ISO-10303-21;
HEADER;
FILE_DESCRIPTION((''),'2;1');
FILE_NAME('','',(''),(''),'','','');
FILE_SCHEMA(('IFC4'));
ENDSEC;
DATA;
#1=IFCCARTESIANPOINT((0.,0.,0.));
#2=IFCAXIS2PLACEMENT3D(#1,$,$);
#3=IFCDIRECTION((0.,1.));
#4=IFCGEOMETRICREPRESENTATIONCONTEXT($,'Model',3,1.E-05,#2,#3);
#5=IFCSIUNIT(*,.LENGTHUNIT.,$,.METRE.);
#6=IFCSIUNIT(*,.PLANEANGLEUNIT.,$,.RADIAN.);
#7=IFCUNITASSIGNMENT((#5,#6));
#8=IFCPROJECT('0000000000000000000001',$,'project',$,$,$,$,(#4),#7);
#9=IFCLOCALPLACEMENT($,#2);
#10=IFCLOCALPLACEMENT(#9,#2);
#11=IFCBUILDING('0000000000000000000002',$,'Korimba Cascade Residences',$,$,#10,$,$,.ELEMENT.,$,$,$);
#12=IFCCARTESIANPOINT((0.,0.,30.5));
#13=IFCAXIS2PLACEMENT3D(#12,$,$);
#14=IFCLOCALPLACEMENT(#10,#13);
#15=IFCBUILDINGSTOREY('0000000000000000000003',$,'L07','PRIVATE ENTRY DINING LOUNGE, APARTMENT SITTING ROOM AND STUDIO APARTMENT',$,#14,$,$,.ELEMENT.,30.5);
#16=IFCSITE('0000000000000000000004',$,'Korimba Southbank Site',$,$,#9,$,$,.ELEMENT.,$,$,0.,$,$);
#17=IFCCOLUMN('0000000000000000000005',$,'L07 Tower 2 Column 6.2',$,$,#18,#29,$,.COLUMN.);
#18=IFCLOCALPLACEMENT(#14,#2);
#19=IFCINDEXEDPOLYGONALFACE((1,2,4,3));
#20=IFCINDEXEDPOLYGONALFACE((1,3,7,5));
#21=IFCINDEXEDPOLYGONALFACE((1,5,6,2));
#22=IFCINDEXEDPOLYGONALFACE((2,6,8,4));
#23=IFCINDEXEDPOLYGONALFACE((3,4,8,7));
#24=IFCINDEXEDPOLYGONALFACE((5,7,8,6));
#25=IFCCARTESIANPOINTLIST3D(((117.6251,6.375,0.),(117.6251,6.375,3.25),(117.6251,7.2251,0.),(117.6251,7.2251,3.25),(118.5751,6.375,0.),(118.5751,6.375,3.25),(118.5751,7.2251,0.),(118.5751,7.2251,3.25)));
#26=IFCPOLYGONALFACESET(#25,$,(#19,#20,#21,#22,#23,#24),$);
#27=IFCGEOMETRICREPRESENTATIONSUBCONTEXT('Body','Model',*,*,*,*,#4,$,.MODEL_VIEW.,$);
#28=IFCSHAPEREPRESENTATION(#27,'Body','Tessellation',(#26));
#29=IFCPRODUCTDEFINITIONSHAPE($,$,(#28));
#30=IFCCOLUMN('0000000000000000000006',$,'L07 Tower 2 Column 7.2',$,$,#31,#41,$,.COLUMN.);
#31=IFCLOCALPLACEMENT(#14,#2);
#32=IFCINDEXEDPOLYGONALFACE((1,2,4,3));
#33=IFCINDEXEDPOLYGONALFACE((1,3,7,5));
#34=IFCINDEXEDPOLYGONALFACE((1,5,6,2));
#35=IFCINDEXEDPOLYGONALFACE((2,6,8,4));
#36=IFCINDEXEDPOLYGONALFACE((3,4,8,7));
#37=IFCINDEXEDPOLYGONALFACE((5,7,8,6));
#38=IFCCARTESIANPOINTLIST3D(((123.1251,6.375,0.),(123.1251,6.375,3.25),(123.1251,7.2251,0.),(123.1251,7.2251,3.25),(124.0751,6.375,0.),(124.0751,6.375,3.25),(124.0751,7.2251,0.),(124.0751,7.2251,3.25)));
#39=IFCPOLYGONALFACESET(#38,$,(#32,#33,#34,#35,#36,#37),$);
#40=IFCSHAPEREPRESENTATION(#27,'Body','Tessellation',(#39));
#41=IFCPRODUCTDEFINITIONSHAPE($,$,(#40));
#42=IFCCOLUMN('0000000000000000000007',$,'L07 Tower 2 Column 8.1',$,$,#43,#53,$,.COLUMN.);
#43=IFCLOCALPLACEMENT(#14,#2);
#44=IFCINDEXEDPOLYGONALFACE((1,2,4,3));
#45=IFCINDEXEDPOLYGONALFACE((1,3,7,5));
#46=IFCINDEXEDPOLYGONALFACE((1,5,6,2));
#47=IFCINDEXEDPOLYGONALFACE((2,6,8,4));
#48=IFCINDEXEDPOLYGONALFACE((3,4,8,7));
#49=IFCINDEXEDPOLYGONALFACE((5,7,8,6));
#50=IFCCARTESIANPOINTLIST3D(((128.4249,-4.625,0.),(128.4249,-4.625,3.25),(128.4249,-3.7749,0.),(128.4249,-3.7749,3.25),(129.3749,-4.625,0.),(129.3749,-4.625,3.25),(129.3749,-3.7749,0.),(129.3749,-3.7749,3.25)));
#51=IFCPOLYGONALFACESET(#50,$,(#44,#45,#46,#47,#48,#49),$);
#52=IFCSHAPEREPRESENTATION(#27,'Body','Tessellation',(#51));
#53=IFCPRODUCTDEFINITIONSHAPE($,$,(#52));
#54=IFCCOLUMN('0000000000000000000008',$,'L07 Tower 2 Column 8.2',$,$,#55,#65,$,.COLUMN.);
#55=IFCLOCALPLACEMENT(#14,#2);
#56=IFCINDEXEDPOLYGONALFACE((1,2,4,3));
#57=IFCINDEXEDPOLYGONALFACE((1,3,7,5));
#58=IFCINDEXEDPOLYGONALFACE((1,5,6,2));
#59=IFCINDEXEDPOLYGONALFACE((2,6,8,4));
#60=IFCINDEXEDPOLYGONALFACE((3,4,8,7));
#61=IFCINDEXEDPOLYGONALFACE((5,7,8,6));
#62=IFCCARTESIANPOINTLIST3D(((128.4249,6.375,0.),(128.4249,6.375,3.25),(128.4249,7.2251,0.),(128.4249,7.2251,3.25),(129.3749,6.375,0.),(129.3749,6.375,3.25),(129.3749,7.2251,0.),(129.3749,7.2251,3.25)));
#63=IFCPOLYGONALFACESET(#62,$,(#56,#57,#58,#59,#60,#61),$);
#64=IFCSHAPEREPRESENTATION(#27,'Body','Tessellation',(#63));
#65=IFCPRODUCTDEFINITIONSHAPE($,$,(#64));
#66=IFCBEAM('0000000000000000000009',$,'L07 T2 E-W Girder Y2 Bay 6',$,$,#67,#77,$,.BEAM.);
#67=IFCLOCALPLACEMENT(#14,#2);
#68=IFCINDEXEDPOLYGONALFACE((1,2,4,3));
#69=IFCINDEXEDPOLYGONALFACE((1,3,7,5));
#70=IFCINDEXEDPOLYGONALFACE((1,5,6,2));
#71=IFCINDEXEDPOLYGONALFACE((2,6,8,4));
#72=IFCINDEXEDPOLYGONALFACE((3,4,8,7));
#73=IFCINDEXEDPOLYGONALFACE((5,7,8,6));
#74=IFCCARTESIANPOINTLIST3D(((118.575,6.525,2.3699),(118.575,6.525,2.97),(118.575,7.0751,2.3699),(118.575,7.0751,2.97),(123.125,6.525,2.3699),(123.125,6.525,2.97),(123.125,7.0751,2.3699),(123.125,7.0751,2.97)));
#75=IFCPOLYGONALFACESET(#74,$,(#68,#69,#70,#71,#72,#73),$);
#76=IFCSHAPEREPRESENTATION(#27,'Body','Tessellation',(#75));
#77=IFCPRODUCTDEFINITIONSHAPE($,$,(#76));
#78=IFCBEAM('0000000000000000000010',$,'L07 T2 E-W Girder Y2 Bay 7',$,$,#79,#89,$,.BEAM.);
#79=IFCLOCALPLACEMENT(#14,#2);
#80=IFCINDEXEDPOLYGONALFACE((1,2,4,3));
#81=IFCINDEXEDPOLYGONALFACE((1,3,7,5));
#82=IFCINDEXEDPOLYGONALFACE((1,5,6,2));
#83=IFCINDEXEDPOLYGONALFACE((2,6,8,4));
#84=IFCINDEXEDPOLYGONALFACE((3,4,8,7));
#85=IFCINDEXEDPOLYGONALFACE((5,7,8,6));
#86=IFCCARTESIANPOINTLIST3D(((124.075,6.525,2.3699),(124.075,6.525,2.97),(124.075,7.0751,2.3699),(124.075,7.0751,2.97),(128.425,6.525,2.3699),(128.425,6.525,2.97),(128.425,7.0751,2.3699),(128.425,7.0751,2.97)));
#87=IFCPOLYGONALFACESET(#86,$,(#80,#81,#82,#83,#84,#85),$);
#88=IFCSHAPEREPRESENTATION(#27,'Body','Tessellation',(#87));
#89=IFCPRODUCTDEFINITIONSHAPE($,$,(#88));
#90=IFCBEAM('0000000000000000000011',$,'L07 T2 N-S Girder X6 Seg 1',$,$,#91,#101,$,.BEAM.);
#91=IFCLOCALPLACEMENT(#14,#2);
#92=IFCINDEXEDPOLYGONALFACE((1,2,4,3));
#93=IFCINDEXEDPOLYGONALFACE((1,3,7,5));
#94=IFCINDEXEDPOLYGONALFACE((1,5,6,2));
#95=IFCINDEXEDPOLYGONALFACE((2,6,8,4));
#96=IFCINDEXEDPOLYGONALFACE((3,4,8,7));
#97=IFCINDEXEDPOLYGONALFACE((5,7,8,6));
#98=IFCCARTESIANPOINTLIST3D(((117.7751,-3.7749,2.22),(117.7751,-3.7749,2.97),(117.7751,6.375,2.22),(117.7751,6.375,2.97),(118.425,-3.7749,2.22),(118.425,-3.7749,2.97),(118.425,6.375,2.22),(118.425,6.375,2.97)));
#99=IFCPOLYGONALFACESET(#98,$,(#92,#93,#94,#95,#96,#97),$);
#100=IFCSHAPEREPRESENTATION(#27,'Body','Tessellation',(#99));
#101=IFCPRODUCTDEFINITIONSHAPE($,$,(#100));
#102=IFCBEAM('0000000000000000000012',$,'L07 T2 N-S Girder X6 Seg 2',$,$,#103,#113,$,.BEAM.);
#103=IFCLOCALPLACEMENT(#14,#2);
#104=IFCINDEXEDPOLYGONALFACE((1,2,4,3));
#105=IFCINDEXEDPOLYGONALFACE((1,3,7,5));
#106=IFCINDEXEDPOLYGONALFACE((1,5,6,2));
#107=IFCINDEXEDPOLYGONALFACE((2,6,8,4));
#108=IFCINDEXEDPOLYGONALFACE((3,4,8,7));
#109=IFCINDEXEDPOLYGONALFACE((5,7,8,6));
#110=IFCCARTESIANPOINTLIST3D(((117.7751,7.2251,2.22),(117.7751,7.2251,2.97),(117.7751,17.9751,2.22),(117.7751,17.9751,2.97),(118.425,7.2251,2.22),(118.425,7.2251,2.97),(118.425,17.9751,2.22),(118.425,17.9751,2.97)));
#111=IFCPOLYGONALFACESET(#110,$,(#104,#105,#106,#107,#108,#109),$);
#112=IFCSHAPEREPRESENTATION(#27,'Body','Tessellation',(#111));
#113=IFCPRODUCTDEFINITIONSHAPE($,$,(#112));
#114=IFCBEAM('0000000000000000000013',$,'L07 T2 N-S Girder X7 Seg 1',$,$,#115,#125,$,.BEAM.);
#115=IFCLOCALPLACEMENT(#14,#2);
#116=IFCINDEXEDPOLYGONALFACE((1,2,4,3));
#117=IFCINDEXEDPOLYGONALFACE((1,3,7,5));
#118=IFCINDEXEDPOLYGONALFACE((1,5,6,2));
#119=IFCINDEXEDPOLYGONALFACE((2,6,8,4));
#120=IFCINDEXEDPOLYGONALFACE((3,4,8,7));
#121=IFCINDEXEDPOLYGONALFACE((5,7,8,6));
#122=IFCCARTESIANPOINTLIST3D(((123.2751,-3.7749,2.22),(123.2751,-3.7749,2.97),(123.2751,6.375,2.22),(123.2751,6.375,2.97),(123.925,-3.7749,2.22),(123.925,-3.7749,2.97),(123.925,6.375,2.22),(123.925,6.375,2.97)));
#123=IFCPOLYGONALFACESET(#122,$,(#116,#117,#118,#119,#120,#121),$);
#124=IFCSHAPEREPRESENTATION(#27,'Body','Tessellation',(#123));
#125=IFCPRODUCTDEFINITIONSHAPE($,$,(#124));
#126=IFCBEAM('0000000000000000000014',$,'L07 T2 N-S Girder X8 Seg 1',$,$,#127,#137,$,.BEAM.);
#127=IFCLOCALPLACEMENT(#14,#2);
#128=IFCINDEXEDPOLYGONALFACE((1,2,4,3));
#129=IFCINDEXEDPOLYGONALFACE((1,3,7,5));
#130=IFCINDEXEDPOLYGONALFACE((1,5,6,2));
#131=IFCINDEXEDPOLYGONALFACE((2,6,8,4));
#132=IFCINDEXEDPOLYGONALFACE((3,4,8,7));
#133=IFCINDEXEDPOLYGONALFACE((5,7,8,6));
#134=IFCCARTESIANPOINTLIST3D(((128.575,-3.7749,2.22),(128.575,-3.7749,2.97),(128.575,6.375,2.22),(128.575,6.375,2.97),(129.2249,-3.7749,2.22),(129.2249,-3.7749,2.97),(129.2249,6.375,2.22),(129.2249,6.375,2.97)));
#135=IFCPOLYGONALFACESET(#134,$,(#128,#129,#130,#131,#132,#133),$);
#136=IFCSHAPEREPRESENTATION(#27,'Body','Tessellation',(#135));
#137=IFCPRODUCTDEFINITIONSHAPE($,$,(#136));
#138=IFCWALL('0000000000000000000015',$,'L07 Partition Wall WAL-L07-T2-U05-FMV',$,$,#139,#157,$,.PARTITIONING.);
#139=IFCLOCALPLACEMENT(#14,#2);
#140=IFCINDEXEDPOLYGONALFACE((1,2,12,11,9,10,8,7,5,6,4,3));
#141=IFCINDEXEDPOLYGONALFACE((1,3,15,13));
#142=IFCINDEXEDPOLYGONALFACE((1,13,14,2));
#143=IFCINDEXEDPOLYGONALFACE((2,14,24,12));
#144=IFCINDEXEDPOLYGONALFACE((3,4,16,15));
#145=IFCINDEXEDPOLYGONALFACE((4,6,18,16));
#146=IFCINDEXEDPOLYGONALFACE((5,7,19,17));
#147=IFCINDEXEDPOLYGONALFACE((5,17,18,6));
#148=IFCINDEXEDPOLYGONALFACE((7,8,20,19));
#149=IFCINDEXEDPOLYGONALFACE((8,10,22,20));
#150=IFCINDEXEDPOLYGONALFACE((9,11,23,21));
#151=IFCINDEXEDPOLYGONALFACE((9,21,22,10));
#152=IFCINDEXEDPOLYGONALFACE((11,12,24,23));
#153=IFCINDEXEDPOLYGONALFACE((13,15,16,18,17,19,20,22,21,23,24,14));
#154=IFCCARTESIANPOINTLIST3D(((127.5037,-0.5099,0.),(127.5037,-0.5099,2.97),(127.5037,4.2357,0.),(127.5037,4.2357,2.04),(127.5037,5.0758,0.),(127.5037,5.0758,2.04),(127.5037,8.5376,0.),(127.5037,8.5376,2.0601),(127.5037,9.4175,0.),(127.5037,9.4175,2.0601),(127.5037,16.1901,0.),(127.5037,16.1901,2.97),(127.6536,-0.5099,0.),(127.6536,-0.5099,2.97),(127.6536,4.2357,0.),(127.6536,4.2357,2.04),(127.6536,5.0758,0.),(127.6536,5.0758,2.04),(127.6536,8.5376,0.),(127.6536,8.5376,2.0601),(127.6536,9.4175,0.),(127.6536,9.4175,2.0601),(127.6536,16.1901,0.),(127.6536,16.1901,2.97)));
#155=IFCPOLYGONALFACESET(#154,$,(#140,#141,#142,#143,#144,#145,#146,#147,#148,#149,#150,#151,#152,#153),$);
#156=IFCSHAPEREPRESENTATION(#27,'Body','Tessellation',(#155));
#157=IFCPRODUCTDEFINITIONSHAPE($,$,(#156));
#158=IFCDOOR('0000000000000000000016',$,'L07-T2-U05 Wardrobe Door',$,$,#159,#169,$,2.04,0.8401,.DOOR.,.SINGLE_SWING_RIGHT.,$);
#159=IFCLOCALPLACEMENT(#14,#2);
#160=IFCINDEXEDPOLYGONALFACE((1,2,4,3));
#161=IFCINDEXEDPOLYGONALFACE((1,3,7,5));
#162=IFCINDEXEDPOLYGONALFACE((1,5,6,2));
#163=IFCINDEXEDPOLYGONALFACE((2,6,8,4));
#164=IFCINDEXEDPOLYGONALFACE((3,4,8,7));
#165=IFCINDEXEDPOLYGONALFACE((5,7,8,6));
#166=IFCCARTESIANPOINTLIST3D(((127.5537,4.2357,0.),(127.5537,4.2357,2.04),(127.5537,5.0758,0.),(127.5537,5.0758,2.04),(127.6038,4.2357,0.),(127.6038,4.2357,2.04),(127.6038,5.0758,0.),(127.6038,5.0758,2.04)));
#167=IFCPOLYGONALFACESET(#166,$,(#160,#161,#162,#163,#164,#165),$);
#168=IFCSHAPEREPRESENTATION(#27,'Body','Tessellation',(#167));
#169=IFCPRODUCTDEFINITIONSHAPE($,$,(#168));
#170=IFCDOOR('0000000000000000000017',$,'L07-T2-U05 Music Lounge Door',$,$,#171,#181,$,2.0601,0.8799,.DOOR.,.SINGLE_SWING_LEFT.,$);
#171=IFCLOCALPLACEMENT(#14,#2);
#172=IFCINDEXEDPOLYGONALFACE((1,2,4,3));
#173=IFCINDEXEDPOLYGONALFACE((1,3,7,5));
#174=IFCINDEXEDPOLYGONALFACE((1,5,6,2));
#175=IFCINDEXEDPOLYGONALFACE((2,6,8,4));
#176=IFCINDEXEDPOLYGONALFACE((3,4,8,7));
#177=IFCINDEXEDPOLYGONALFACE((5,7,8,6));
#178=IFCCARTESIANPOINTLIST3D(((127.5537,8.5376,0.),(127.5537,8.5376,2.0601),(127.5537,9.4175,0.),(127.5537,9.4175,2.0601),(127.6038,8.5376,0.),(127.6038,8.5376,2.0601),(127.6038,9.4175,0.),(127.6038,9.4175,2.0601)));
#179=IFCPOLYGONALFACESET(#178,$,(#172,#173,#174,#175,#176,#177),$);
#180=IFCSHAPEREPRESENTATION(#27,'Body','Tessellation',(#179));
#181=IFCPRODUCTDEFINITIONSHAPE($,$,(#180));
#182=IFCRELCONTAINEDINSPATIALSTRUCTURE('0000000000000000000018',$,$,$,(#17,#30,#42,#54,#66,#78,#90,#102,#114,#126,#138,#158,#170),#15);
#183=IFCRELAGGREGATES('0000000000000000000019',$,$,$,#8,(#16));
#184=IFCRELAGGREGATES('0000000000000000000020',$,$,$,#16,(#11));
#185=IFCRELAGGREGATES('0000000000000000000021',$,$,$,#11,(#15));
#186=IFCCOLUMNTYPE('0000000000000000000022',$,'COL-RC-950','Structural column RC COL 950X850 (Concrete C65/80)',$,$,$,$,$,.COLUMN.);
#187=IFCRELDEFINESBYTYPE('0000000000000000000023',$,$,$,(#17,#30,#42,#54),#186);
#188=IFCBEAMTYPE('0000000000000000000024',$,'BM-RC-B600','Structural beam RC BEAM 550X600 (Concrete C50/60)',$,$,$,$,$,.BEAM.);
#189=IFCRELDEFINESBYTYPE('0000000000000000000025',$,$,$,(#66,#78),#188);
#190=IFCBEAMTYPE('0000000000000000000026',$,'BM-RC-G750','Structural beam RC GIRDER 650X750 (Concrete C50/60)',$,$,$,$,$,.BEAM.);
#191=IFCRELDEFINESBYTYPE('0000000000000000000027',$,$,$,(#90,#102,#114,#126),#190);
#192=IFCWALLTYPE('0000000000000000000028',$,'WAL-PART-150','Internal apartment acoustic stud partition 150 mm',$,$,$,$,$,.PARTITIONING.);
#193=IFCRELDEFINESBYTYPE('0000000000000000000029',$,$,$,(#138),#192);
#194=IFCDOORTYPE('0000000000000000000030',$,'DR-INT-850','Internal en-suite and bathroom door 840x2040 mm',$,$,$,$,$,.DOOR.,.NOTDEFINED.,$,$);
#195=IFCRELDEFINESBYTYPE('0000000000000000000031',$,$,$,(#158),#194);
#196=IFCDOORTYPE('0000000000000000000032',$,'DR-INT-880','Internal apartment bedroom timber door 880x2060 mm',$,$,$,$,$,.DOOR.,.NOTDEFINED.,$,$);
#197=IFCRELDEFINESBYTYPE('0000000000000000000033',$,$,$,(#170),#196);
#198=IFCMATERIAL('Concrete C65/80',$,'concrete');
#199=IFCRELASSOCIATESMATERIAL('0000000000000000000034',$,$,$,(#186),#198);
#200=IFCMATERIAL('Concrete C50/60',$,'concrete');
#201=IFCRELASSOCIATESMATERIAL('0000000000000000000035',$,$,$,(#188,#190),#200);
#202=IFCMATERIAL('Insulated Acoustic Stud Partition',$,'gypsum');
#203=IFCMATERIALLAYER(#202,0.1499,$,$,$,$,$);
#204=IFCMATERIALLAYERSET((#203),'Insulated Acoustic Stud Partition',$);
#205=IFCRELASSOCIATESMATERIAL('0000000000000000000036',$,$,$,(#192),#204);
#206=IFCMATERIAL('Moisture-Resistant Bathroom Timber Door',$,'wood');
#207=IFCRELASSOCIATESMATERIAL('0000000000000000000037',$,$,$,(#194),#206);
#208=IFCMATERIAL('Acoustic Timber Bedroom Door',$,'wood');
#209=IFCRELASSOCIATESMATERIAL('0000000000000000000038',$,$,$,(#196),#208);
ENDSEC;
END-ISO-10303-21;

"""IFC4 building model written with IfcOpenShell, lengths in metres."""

from ifc_helpers import new_model, si_unit, direction, frame, frame_2d, origin, origin_2d, place, context, subcontext, project, spatial, rectangle, extrude, material, layer, layer_set, material_profile, profile_set, type_object, element, fill, save


model = new_model("IFC4")

# Units and contexts
model_context = context("Model", 3, precision=1e-05, world=origin(), true_north=direction((0.0, 1.0)))
body_context = subcontext(model_context, "Body", "Model", "MODEL_VIEW")
ifc_project = project(units=[si_unit("LENGTHUNIT", "METRE"), si_unit("PLANEANGLEUNIT", "RADIAN")], contexts=[model_context])

# Site, building, storey
site_placement = place(None, origin())
site = spatial("IfcSite", under=ifc_project, at=site_placement, Name="Korimba Southbank Site", CompositionType="ELEMENT", RefElevation=0.0)
building_placement = place(site_placement, origin())
building = spatial("IfcBuilding", under=site, at=building_placement, Name="Korimba Cascade Residences", CompositionType="ELEMENT")
storey_placement = place(building_placement, frame((0.0, 0.0, 30.5)))
storey = spatial("IfcBuildingStorey", under=building, at=storey_placement, Name="L07", Description="PRIVATE ENTRY DINING LOUNGE, APARTMENT SITTING ROOM AND STUDIO APARTMENT", CompositionType="ELEMENT", Elevation=30.5)

# Columns
ifc_material_1 = material(Name="Concrete C65/80", Category="concrete")
ifc_material_profile_1 = material_profile(ifc_material_1, rectangle(XDim=0.95, YDim=0.8501, at=origin_2d()), Name="Concrete C65/80")
ifc_profile_set_1 = profile_set([ifc_material_profile_1], Name="Concrete C65/80")
column_type = type_object("IfcColumnType", Name="COL-RC-950", Description="Structural column RC COL 950X850 (Concrete C65/80)", PredefinedType="COLUMN", material=ifc_profile_set_1)
for number, where, z_axis, x_axis, name in (
    (1, (118.1001, 6.8, 0.0), (0.0, 0.0, 1.0), (1.0, 0.0, 0.0), "L07 Tower 2 Column 6.2"),
    (2, (123.6001, 6.8, 0.0), (0.0, 0.0, 1.0), (1.0, 0.0, 0.0), "L07 Tower 2 Column 7.2"),
    (3, (128.8999, -4.2, 0.0), (0.0, 0.0, 1.0), (1.0, 0.0, 0.0), "L07 Tower 2 Column 8.1"),
    (4, (128.8999, 6.8, 0.0), (0.0, 0.0, 1.0), (1.0, 0.0, 0.0), "L07 Tower 2 Column 8.2"),
):
    element("IfcColumn", number, at=place(storey_placement, frame(where, z_axis=z_axis, x_axis=x_axis)), inside=storey, type_object=column_type, Name=name, PredefinedType="COLUMN", context=body_context, shape_type="SweptSolid", body=[
        extrude(rectangle(XDim=0.95, YDim=0.8501, at=origin_2d()), origin(), (0.0, 0.0, 1.0), 3.25),
    ])

# Beams
ifc_material_2 = material(Name="Concrete C50/60", Category="concrete")
ifc_material_profile_2 = material_profile(ifc_material_2, rectangle(XDim=0.55, YDim=0.6001, at=origin_2d()), Name="Concrete C50/60")
ifc_profile_set_2 = profile_set([ifc_material_profile_2], Name="Concrete C50/60")
beam_type_1 = type_object("IfcBeamType", Name="BM-RC-B600", Description="Structural beam RC BEAM 550X600 (Concrete C50/60)", PredefinedType="BEAM", material=ifc_profile_set_2)
beam_1_placement = place(storey_placement, frame((118.575, 6.8, 2.6699), z_axis=(1.0, 0.0, 0.0), x_axis=(0.0, 1.0, 0.0)))
element("IfcBeam", 5, at=beam_1_placement, inside=storey, type_object=beam_type_1, Name="L07 T2 E-W Girder Y2 Bay 6", PredefinedType="BEAM", context=body_context, shape_type="SweptSolid", body=[
    extrude(rectangle(XDim=0.55, YDim=0.6001, at=origin_2d()), origin(), (0.0, 0.0, 1.0), 4.55),
])
beam_2_placement = place(storey_placement, frame((124.075, 6.8, 2.6699), z_axis=(1.0, 0.0, 0.0), x_axis=(0.0, 1.0, 0.0)))
element("IfcBeam", 6, at=beam_2_placement, inside=storey, type_object=beam_type_1, Name="L07 T2 E-W Girder Y2 Bay 7", PredefinedType="BEAM", context=body_context, shape_type="SweptSolid", body=[
    extrude(rectangle(XDim=0.55, YDim=0.6001, at=origin_2d()), origin(), (0.0, 0.0, 1.0), 4.3501),
])
ifc_material_profile_3 = material_profile(ifc_material_2, rectangle(XDim=0.6499, YDim=0.75, at=origin_2d()), Name="Concrete C50/60")
ifc_profile_set_3 = profile_set([ifc_material_profile_3], Name="Concrete C50/60")
beam_type_2 = type_object("IfcBeamType", Name="BM-RC-G750", Description="Structural beam RC GIRDER 650X750 (Concrete C50/60)", PredefinedType="BEAM", material=ifc_profile_set_3)
beam_3_placement = place(storey_placement, frame((118.1001, -3.7749, 2.595), z_axis=(0.0, 1.0, 0.0), x_axis=(-1.0, 0.0, 0.0)))
element("IfcBeam", 7, at=beam_3_placement, inside=storey, type_object=beam_type_2, Name="L07 T2 N-S Girder X6 Seg 1", PredefinedType="BEAM", context=body_context, shape_type="SweptSolid", body=[
    extrude(rectangle(XDim=0.6499, YDim=0.75, at=origin_2d()), origin(), (0.0, 0.0, 1.0), 10.1499),
])
beam_4_placement = place(storey_placement, frame((118.1001, 7.2251, 2.595), z_axis=(0.0, 1.0, 0.0), x_axis=(-1.0, 0.0, 0.0)))
element("IfcBeam", 8, at=beam_4_placement, inside=storey, type_object=beam_type_2, Name="L07 T2 N-S Girder X6 Seg 2", PredefinedType="BEAM", context=body_context, shape_type="SweptSolid", body=[
    extrude(rectangle(XDim=0.6499, YDim=0.75, at=origin_2d()), origin(), (0.0, 0.0, 1.0), 10.75),
])
for number, where, z_axis, x_axis, name in (
    (9, (123.6001, -3.7749, 2.595), (0.0, 1.0, 0.0), (-1.0, 0.0, 0.0), "L07 T2 N-S Girder X7 Seg 1"),
    (10, (128.8999, -3.7749, 2.595), (0.0, 1.0, 0.0), (-1.0, 0.0, 0.0), "L07 T2 N-S Girder X8 Seg 1"),
):
    element("IfcBeam", number, at=place(storey_placement, frame(where, z_axis=z_axis, x_axis=x_axis)), inside=storey, type_object=beam_type_2, Name=name, PredefinedType="BEAM", context=body_context, shape_type="SweptSolid", body=[
        extrude(rectangle(XDim=0.6499, YDim=0.75, at=origin_2d()), origin(), (0.0, 0.0, 1.0), 10.1499),
    ])

# Wall, openings, doors
ifc_material_3 = material(Name="Insulated Acoustic Stud Partition", Category="gypsum")
ifc_layer = layer(ifc_material_3, 0.1499)
ifc_layer_set = layer_set([ifc_layer], Name="Insulated Acoustic Stud Partition")
wall_type = type_object("IfcWallType", Name="WAL-PART-150", Description="Internal apartment acoustic stud partition 150 mm", PredefinedType="PARTITIONING", material=ifc_layer_set)
wall_1_placement = place(storey_placement, frame((127.5786, -0.51, 0.0), z_axis=(0.0, 0.0, 1.0), x_axis=(0.0, 1.0, 0.0)))
wall_1 = element("IfcWall", 11, at=wall_1_placement, inside=storey, type_object=wall_type, Name="L07 Partition Wall WAL-L07-T2-U05-FMV", PredefinedType="PARTITIONING", context=body_context, shape_type="SweptSolid", body=[
    extrude(rectangle(XDim=16.7, YDim=0.1499, at=frame_2d((8.3501, 0.0))), origin(), (0.0, 0.0, 1.0), 2.97),
])
opening_1_placement = place(wall_1_placement, frame((4.7458, 0.0, 0.0)))
opening_1 = element("IfcOpeningElement", 12, at=opening_1_placement, cuts=wall_1, PredefinedType="OPENING", context=body_context, shape_type="SweptSolid", body=[
    extrude(rectangle(XDim=0.8401, YDim=2.04, at=frame_2d((0.4199, 1.02))), frame((0.0, 0.085, 0.0), z_axis=(0.0, -1.0, 0.0), x_axis=(1.0, 0.0, 0.0)), (0.0, 0.0, 1.0), 0.1699),
])
opening_2_placement = place(wall_1_placement, frame((9.0476, 0.0, 0.0)))
opening_2 = element("IfcOpeningElement", 13, at=opening_2_placement, cuts=wall_1, PredefinedType="OPENING", context=body_context, shape_type="SweptSolid", body=[
    extrude(rectangle(XDim=0.8799, YDim=2.0601, at=frame_2d((0.4399, 1.03))), frame((0.0, 0.085, 0.0), z_axis=(0.0, -1.0, 0.0), x_axis=(1.0, 0.0, 0.0)), (0.0, 0.0, 1.0), 0.1699),
])
ifc_material_4 = material(Name="Moisture-Resistant Bathroom Timber Door", Category="wood")
door_type_1 = type_object("IfcDoorType", Name="DR-INT-850", Description="Internal en-suite and bathroom door 840x2040 mm", OperationType="NOTDEFINED", PredefinedType="DOOR", material=ifc_material_4)
door_1_placement = place(opening_1_placement, origin())
door_1 = element("IfcDoor", 14, at=door_1_placement, inside=storey, type_object=door_type_1, Name="L07-T2-U05 Wardrobe Door", OperationType="SINGLE_SWING_RIGHT", OverallHeight=2.04, OverallWidth=0.8401, PredefinedType="DOOR", context=body_context, shape_type="SweptSolid", body=[
    extrude(rectangle(XDim=0.8401, YDim=2.04, at=frame_2d((0.4199, 1.02))), frame((0.0, 0.0249, 0.0), z_axis=(0.0, -1.0, 0.0), x_axis=(1.0, 0.0, 0.0)), (0.0, 0.0, 1.0), 0.05),
])
fill(opening_1, door_1)
ifc_material_5 = material(Name="Acoustic Timber Bedroom Door", Category="wood")
door_type_2 = type_object("IfcDoorType", Name="DR-INT-880", Description="Internal apartment bedroom timber door 880x2060 mm", OperationType="NOTDEFINED", PredefinedType="DOOR", material=ifc_material_5)
door_2_placement = place(opening_2_placement, origin())
door_2 = element("IfcDoor", 15, at=door_2_placement, inside=storey, type_object=door_type_2, Name="L07-T2-U05 Music Lounge Door", OperationType="SINGLE_SWING_LEFT", OverallHeight=2.0601, OverallWidth=0.8799, PredefinedType="DOOR", context=body_context, shape_type="SweptSolid", body=[
    extrude(rectangle(XDim=0.8799, YDim=2.0601, at=frame_2d((0.4399, 1.03))), frame((0.0, 0.0249, 0.0), z_axis=(0.0, -1.0, 0.0), x_axis=(1.0, 0.0, 0.0)), (0.0, 0.0, 1.0), 0.05),
])
fill(opening_2, door_2)

save(model, "model.ifc")
